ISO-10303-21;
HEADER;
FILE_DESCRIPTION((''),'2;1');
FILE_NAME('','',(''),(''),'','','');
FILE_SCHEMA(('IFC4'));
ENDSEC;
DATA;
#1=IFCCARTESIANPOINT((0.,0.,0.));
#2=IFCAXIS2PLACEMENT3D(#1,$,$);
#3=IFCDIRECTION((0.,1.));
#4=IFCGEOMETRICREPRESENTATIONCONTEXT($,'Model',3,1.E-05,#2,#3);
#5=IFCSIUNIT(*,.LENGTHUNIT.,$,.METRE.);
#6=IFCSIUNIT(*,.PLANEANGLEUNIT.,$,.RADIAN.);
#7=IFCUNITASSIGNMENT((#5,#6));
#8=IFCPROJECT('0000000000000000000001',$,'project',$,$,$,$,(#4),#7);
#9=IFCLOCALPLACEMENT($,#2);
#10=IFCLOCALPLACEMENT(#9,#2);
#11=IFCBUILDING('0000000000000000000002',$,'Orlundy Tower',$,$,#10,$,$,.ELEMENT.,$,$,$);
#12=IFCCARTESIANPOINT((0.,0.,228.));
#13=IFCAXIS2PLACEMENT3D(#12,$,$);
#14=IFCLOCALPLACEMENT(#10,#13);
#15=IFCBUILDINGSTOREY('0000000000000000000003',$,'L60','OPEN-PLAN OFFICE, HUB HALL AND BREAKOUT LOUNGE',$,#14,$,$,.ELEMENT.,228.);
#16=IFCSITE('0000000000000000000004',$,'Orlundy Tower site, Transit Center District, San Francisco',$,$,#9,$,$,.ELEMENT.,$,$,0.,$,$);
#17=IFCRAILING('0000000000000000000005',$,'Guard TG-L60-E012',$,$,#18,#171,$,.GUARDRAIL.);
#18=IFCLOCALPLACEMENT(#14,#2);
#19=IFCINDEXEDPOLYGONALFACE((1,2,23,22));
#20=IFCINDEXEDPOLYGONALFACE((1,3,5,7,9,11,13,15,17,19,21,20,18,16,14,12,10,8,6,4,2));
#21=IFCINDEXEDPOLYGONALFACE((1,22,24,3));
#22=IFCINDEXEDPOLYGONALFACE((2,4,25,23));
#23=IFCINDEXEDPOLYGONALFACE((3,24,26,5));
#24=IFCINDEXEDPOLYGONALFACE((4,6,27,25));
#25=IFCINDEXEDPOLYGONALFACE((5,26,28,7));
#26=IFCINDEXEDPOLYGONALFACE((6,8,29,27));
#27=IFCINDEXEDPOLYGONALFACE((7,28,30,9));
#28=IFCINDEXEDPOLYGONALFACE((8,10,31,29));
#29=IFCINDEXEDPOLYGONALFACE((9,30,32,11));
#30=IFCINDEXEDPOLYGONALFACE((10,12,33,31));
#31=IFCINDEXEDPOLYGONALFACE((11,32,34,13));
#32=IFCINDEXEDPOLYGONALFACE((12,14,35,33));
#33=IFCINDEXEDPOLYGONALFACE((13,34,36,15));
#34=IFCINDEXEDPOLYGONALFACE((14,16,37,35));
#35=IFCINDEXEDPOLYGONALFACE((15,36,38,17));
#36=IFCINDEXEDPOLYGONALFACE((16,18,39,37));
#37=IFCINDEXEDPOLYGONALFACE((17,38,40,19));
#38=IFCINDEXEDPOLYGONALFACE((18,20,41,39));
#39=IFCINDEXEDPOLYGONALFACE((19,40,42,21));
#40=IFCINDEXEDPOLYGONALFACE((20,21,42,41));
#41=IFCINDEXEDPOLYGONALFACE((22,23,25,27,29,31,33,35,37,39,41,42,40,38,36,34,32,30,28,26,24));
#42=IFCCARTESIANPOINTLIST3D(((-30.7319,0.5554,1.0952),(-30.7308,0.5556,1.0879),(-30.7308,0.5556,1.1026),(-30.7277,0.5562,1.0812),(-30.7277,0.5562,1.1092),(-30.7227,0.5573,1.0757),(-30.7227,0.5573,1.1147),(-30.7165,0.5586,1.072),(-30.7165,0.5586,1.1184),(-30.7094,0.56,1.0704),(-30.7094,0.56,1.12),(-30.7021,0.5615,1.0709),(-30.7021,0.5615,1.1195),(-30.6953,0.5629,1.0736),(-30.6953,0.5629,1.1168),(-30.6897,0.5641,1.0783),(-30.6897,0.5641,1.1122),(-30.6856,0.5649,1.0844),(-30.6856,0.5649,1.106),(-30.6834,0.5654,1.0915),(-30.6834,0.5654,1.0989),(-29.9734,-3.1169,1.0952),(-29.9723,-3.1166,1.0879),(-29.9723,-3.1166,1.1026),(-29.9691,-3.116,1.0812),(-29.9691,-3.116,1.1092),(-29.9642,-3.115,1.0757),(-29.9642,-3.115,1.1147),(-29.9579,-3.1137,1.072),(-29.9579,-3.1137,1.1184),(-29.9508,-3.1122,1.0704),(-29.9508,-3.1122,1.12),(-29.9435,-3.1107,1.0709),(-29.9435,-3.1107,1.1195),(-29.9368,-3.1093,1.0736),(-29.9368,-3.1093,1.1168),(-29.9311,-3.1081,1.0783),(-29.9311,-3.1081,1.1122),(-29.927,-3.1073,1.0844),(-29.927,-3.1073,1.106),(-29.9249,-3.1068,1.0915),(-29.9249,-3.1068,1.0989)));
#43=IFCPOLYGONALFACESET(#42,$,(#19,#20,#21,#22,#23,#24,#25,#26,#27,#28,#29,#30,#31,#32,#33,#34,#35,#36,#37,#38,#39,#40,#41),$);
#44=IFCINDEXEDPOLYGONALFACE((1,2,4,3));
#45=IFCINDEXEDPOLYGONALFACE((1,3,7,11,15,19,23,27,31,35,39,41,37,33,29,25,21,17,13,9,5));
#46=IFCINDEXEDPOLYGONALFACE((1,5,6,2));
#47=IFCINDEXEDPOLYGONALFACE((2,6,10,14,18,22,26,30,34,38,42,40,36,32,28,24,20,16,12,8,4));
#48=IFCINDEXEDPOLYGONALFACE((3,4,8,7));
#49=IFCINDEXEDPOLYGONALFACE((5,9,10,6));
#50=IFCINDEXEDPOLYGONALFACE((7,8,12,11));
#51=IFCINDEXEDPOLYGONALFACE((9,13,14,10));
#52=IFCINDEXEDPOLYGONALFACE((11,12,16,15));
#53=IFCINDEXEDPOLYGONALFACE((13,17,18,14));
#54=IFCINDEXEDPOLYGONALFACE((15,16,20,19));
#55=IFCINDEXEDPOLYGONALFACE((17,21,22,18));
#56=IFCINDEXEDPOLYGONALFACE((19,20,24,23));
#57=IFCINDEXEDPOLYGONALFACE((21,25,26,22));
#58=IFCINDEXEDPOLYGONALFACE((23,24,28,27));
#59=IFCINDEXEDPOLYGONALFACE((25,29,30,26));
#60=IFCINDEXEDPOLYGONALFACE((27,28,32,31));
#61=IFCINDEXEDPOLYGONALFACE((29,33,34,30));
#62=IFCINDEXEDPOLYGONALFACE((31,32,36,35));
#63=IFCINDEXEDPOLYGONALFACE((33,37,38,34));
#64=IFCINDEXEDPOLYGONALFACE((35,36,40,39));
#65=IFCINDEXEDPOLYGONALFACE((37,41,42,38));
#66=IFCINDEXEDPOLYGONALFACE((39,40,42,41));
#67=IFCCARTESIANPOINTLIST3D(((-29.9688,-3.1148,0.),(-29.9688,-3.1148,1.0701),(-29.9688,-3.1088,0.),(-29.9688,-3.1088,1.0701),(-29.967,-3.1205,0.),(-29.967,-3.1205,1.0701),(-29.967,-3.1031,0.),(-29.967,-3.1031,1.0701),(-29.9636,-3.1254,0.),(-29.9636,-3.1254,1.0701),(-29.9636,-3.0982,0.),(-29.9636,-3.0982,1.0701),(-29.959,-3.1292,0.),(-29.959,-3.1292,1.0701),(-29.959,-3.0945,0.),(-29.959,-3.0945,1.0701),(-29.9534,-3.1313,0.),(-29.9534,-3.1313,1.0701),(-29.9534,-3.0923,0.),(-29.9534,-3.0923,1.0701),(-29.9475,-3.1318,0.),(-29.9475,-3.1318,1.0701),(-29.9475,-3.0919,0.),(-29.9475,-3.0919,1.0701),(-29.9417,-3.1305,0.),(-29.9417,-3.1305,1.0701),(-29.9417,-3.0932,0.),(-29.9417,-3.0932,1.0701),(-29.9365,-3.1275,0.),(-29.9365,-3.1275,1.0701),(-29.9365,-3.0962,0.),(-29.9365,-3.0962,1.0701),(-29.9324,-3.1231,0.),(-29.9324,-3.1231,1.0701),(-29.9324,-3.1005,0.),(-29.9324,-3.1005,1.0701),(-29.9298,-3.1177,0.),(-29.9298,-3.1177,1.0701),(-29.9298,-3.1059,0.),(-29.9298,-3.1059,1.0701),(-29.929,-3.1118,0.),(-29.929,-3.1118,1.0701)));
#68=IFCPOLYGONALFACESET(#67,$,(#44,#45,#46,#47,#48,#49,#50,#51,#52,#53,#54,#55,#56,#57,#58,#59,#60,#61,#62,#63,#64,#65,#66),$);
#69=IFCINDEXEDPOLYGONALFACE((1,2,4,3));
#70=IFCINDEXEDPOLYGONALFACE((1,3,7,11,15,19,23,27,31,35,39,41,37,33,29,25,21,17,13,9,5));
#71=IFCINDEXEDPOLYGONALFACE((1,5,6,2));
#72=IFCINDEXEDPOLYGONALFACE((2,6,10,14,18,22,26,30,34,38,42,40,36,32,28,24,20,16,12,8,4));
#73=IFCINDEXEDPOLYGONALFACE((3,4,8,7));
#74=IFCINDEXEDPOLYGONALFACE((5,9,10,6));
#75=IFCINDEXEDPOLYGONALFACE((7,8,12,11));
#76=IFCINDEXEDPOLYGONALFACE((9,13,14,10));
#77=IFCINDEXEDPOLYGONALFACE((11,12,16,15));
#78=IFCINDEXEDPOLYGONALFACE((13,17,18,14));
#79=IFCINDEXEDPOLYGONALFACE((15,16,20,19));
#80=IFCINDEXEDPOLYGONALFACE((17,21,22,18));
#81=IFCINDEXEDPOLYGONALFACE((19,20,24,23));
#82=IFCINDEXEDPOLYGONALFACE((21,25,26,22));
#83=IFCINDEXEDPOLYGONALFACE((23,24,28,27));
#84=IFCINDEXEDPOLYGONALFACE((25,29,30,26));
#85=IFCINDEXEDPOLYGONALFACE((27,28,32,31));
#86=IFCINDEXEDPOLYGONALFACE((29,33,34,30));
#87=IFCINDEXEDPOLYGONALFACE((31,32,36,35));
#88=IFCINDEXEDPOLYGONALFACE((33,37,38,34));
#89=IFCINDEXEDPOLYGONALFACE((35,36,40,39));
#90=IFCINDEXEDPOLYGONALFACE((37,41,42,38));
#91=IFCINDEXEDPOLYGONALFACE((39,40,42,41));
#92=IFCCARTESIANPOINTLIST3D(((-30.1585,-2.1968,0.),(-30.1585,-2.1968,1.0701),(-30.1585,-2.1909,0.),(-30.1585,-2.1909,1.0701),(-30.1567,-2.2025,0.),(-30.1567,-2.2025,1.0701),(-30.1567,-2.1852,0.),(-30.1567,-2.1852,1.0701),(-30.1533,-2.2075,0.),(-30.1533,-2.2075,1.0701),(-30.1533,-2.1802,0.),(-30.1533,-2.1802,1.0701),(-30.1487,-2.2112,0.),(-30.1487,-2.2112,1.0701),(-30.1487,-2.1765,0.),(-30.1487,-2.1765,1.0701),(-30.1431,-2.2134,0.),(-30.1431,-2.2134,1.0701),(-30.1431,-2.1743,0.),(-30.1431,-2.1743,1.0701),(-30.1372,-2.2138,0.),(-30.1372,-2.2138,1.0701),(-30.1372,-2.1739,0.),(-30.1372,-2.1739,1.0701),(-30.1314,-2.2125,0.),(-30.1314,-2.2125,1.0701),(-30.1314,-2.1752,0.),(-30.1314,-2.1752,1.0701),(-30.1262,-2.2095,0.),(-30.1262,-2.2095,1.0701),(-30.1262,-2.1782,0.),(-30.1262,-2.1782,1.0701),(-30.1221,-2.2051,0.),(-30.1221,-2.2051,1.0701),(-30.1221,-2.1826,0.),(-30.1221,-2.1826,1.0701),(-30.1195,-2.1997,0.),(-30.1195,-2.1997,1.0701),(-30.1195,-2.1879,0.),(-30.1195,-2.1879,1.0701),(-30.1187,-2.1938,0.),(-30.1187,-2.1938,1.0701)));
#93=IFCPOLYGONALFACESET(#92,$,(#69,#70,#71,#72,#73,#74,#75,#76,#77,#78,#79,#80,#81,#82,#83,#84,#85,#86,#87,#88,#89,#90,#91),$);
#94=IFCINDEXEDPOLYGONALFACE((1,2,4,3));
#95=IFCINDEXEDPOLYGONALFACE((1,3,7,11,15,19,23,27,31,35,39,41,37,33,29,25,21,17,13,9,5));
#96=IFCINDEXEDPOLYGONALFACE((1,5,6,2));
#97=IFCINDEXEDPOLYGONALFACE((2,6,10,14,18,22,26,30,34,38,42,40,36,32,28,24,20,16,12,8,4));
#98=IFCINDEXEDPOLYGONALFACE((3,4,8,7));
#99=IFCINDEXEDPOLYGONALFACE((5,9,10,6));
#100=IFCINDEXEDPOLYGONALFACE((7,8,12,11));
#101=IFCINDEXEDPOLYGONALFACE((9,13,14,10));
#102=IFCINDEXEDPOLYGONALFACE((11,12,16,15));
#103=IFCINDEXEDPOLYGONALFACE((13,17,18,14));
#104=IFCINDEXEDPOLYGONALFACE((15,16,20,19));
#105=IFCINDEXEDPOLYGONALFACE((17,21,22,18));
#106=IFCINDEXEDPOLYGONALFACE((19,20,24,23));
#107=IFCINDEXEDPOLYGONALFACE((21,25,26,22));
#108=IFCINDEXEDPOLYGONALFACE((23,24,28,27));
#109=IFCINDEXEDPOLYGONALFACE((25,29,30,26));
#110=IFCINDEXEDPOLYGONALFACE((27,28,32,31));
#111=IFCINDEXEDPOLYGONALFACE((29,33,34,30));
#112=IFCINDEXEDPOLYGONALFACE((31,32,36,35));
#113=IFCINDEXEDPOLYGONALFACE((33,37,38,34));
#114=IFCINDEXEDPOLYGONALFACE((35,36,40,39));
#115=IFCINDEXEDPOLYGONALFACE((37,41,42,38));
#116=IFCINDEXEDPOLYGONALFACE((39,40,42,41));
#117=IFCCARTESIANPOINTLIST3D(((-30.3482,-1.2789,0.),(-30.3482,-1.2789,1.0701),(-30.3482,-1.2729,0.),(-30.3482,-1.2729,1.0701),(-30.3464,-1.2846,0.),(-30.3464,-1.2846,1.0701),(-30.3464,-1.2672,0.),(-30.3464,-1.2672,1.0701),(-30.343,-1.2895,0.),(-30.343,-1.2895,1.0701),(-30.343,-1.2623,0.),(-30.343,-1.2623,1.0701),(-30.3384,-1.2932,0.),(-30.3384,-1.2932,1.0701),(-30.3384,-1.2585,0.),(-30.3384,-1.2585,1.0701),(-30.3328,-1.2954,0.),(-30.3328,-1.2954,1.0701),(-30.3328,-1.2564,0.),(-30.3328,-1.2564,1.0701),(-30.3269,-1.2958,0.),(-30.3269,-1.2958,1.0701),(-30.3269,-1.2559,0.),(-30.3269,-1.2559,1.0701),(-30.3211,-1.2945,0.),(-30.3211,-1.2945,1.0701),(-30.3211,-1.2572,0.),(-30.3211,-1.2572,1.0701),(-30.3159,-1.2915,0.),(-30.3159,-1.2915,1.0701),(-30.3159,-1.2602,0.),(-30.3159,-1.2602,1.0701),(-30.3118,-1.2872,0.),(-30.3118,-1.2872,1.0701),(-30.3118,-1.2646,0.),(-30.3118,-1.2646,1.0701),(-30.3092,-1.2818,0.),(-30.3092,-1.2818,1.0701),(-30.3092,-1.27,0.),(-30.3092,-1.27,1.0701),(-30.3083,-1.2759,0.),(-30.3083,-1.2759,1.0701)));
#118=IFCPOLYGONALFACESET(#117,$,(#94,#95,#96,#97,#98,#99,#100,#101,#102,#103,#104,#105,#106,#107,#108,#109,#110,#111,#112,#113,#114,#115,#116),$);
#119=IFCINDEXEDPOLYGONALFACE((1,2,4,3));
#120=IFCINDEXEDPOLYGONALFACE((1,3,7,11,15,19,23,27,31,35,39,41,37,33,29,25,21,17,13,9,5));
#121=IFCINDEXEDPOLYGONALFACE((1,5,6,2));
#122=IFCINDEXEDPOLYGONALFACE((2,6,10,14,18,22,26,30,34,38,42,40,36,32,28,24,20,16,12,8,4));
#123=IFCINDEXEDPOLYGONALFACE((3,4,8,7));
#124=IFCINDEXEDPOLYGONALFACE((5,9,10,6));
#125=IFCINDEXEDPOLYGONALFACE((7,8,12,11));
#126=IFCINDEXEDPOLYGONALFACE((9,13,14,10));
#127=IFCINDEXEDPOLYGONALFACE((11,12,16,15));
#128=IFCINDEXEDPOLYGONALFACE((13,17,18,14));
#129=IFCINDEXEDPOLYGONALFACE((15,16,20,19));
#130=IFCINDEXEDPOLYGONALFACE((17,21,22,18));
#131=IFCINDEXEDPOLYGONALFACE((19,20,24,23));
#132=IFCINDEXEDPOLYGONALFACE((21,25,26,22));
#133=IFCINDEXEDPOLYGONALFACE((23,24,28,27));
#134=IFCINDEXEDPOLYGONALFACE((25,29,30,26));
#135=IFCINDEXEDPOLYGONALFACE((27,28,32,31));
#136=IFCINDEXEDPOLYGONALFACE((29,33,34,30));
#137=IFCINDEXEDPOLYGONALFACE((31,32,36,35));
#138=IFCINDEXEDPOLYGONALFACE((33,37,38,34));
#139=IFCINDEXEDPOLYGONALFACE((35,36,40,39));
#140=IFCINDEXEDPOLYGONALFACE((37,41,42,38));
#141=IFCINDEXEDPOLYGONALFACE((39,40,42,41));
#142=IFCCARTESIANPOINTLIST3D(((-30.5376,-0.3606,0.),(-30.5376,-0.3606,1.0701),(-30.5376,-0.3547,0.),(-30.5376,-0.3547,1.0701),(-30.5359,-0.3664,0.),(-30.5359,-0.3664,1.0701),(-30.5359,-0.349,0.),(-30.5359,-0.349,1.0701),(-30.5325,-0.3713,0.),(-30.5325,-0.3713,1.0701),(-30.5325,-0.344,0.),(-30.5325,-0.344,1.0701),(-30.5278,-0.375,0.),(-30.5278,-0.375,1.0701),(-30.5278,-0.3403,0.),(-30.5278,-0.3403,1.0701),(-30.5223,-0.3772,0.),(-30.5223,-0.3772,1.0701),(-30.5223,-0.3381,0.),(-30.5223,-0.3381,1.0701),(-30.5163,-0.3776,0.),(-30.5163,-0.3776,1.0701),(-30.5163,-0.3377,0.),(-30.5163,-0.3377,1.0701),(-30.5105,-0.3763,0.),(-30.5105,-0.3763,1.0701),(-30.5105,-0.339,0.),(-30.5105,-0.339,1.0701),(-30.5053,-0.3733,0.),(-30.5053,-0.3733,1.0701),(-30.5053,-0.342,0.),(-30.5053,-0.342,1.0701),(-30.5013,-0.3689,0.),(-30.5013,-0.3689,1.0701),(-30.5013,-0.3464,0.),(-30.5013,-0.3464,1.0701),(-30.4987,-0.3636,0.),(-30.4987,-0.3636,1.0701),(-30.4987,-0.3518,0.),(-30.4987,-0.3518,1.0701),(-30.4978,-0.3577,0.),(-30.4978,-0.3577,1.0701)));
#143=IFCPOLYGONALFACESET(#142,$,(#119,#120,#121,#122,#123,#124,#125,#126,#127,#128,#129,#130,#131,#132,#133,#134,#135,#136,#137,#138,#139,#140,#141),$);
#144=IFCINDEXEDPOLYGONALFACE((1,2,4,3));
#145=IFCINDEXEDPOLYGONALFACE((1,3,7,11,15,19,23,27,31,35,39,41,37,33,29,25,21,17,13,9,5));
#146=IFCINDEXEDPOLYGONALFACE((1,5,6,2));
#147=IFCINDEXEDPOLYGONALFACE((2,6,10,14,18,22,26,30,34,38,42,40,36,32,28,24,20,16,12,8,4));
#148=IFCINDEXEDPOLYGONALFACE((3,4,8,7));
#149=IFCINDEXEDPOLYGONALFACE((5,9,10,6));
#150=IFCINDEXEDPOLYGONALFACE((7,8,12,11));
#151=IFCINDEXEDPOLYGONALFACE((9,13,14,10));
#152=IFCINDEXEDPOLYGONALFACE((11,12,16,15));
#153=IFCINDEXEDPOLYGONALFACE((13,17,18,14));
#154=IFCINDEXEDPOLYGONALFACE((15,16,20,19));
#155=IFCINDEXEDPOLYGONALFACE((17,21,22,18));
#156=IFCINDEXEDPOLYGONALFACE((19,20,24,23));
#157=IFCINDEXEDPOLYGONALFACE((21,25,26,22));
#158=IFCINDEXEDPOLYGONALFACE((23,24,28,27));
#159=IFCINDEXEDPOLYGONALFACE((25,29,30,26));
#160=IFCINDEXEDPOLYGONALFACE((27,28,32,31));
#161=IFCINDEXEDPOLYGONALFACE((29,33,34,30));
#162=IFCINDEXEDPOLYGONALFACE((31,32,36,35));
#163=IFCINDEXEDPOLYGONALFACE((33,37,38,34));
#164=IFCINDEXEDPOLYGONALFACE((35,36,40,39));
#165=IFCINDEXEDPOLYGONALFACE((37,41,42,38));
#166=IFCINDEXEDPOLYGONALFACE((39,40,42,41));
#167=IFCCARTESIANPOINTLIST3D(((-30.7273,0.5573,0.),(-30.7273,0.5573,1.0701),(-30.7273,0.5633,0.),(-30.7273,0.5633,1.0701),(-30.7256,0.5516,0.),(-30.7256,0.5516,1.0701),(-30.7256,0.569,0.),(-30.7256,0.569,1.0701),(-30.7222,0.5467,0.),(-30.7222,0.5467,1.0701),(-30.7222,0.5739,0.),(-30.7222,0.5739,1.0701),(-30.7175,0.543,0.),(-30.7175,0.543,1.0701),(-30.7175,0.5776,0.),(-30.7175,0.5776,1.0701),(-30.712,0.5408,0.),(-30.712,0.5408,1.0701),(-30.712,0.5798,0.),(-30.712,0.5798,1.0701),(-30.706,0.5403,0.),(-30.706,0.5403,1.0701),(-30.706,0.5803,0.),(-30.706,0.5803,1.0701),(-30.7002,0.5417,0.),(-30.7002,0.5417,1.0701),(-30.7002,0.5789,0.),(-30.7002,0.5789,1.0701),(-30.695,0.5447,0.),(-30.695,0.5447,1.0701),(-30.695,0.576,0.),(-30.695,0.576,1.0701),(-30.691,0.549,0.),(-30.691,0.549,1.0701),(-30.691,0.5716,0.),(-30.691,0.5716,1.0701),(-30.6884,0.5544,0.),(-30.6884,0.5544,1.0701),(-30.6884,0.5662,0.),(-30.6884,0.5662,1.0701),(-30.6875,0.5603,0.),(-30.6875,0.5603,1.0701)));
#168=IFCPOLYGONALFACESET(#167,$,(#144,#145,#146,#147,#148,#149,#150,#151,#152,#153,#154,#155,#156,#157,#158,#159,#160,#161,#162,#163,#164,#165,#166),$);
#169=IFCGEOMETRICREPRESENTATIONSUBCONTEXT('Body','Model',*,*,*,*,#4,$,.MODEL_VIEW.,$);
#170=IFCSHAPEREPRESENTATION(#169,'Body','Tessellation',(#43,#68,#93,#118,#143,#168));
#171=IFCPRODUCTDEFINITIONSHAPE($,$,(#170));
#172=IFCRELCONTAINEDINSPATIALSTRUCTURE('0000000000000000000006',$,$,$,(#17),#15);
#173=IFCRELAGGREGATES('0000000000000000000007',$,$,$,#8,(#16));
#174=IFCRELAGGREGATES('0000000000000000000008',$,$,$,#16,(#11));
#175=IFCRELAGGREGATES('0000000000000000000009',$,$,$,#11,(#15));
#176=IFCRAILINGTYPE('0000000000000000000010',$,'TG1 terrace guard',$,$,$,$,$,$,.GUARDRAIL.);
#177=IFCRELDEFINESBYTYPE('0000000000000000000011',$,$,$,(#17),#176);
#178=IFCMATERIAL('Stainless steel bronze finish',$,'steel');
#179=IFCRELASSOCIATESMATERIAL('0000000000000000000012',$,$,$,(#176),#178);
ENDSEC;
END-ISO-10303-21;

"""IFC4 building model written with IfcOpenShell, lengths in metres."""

from ifc_helpers import new_model, si_unit, direction, frame, origin, origin_2d, place, context, subcontext, project, spatial, circle, extrude, material, type_object, element, save


model = new_model("IFC4")

# Units and contexts
model_context = context("Model", 3, precision=1e-05, world=origin(), true_north=direction((0.0, 1.0)))
body_context = subcontext(model_context, "Body", "Model", "MODEL_VIEW")
ifc_project = project(units=[si_unit("LENGTHUNIT", "METRE"), si_unit("PLANEANGLEUNIT", "RADIAN")], contexts=[model_context])

# Site, building, storey
site_placement = place(None, origin())
site = spatial("IfcSite", under=ifc_project, at=site_placement, Name="Orlundy Tower site, Transit Center District, San Francisco", CompositionType="ELEMENT", RefElevation=0.0)
building_placement = place(site_placement, origin())
building = spatial("IfcBuilding", under=site, at=building_placement, Name="Orlundy Tower", CompositionType="ELEMENT")
storey_placement = place(building_placement, frame((0.0, 0.0, 228.0)))
storey = spatial("IfcBuildingStorey", under=building, at=storey_placement, Name="L60", Description="OPEN-PLAN OFFICE, HUB HALL AND BREAKOUT LOUNGE", CompositionType="ELEMENT", Elevation=228.0)

# Railing
ifc_material_1 = material(Name="Stainless steel bronze finish", Category="steel")
railing_type_1 = type_object("IfcRailingType", Name="TG1 terrace guard", PredefinedType="GUARDRAIL", material=ifc_material_1)
railing_1_placement = place(storey_placement, frame((-29.949, -3.1118, 0.0)))
element("IfcRailing", 1, at=railing_1_placement, inside=storey, type_object=railing_type_1, Name="Guard TG-L60-E012", PredefinedType="GUARDRAIL", context=body_context, shape_type="SweptSolid", body=[
    extrude(circle(Radius=0.0249, at=origin_2d()), frame((0.0, 0.0, 1.0952), z_axis=(-0.202298, 0.979324, 0.0), x_axis=(-0.979324, -0.202298, 0.0)), (0.0, 0.0, 1.0), 3.7498),
    extrude(circle(Radius=0.02, at=origin_2d()), origin(), (0.0, 0.0, 1.0), 1.0701),
    extrude(circle(Radius=0.02, at=origin_2d()), frame((-0.1897, 0.918, 0.0)), (0.0, 0.0, 1.0), 1.0701),
    extrude(circle(Radius=0.02, at=origin_2d()), frame((-0.3794, 1.8359, 0.0)), (0.0, 0.0, 1.0), 1.0701),
    extrude(circle(Radius=0.02, at=origin_2d()), frame((-0.5688, 2.7542, 0.0)), (0.0, 0.0, 1.0), 1.0701),
    extrude(circle(Radius=0.02, at=origin_2d()), frame((-0.7585, 3.6721, 0.0)), (0.0, 0.0, 1.0), 1.0701),
])

save(model, "model.ifc")
